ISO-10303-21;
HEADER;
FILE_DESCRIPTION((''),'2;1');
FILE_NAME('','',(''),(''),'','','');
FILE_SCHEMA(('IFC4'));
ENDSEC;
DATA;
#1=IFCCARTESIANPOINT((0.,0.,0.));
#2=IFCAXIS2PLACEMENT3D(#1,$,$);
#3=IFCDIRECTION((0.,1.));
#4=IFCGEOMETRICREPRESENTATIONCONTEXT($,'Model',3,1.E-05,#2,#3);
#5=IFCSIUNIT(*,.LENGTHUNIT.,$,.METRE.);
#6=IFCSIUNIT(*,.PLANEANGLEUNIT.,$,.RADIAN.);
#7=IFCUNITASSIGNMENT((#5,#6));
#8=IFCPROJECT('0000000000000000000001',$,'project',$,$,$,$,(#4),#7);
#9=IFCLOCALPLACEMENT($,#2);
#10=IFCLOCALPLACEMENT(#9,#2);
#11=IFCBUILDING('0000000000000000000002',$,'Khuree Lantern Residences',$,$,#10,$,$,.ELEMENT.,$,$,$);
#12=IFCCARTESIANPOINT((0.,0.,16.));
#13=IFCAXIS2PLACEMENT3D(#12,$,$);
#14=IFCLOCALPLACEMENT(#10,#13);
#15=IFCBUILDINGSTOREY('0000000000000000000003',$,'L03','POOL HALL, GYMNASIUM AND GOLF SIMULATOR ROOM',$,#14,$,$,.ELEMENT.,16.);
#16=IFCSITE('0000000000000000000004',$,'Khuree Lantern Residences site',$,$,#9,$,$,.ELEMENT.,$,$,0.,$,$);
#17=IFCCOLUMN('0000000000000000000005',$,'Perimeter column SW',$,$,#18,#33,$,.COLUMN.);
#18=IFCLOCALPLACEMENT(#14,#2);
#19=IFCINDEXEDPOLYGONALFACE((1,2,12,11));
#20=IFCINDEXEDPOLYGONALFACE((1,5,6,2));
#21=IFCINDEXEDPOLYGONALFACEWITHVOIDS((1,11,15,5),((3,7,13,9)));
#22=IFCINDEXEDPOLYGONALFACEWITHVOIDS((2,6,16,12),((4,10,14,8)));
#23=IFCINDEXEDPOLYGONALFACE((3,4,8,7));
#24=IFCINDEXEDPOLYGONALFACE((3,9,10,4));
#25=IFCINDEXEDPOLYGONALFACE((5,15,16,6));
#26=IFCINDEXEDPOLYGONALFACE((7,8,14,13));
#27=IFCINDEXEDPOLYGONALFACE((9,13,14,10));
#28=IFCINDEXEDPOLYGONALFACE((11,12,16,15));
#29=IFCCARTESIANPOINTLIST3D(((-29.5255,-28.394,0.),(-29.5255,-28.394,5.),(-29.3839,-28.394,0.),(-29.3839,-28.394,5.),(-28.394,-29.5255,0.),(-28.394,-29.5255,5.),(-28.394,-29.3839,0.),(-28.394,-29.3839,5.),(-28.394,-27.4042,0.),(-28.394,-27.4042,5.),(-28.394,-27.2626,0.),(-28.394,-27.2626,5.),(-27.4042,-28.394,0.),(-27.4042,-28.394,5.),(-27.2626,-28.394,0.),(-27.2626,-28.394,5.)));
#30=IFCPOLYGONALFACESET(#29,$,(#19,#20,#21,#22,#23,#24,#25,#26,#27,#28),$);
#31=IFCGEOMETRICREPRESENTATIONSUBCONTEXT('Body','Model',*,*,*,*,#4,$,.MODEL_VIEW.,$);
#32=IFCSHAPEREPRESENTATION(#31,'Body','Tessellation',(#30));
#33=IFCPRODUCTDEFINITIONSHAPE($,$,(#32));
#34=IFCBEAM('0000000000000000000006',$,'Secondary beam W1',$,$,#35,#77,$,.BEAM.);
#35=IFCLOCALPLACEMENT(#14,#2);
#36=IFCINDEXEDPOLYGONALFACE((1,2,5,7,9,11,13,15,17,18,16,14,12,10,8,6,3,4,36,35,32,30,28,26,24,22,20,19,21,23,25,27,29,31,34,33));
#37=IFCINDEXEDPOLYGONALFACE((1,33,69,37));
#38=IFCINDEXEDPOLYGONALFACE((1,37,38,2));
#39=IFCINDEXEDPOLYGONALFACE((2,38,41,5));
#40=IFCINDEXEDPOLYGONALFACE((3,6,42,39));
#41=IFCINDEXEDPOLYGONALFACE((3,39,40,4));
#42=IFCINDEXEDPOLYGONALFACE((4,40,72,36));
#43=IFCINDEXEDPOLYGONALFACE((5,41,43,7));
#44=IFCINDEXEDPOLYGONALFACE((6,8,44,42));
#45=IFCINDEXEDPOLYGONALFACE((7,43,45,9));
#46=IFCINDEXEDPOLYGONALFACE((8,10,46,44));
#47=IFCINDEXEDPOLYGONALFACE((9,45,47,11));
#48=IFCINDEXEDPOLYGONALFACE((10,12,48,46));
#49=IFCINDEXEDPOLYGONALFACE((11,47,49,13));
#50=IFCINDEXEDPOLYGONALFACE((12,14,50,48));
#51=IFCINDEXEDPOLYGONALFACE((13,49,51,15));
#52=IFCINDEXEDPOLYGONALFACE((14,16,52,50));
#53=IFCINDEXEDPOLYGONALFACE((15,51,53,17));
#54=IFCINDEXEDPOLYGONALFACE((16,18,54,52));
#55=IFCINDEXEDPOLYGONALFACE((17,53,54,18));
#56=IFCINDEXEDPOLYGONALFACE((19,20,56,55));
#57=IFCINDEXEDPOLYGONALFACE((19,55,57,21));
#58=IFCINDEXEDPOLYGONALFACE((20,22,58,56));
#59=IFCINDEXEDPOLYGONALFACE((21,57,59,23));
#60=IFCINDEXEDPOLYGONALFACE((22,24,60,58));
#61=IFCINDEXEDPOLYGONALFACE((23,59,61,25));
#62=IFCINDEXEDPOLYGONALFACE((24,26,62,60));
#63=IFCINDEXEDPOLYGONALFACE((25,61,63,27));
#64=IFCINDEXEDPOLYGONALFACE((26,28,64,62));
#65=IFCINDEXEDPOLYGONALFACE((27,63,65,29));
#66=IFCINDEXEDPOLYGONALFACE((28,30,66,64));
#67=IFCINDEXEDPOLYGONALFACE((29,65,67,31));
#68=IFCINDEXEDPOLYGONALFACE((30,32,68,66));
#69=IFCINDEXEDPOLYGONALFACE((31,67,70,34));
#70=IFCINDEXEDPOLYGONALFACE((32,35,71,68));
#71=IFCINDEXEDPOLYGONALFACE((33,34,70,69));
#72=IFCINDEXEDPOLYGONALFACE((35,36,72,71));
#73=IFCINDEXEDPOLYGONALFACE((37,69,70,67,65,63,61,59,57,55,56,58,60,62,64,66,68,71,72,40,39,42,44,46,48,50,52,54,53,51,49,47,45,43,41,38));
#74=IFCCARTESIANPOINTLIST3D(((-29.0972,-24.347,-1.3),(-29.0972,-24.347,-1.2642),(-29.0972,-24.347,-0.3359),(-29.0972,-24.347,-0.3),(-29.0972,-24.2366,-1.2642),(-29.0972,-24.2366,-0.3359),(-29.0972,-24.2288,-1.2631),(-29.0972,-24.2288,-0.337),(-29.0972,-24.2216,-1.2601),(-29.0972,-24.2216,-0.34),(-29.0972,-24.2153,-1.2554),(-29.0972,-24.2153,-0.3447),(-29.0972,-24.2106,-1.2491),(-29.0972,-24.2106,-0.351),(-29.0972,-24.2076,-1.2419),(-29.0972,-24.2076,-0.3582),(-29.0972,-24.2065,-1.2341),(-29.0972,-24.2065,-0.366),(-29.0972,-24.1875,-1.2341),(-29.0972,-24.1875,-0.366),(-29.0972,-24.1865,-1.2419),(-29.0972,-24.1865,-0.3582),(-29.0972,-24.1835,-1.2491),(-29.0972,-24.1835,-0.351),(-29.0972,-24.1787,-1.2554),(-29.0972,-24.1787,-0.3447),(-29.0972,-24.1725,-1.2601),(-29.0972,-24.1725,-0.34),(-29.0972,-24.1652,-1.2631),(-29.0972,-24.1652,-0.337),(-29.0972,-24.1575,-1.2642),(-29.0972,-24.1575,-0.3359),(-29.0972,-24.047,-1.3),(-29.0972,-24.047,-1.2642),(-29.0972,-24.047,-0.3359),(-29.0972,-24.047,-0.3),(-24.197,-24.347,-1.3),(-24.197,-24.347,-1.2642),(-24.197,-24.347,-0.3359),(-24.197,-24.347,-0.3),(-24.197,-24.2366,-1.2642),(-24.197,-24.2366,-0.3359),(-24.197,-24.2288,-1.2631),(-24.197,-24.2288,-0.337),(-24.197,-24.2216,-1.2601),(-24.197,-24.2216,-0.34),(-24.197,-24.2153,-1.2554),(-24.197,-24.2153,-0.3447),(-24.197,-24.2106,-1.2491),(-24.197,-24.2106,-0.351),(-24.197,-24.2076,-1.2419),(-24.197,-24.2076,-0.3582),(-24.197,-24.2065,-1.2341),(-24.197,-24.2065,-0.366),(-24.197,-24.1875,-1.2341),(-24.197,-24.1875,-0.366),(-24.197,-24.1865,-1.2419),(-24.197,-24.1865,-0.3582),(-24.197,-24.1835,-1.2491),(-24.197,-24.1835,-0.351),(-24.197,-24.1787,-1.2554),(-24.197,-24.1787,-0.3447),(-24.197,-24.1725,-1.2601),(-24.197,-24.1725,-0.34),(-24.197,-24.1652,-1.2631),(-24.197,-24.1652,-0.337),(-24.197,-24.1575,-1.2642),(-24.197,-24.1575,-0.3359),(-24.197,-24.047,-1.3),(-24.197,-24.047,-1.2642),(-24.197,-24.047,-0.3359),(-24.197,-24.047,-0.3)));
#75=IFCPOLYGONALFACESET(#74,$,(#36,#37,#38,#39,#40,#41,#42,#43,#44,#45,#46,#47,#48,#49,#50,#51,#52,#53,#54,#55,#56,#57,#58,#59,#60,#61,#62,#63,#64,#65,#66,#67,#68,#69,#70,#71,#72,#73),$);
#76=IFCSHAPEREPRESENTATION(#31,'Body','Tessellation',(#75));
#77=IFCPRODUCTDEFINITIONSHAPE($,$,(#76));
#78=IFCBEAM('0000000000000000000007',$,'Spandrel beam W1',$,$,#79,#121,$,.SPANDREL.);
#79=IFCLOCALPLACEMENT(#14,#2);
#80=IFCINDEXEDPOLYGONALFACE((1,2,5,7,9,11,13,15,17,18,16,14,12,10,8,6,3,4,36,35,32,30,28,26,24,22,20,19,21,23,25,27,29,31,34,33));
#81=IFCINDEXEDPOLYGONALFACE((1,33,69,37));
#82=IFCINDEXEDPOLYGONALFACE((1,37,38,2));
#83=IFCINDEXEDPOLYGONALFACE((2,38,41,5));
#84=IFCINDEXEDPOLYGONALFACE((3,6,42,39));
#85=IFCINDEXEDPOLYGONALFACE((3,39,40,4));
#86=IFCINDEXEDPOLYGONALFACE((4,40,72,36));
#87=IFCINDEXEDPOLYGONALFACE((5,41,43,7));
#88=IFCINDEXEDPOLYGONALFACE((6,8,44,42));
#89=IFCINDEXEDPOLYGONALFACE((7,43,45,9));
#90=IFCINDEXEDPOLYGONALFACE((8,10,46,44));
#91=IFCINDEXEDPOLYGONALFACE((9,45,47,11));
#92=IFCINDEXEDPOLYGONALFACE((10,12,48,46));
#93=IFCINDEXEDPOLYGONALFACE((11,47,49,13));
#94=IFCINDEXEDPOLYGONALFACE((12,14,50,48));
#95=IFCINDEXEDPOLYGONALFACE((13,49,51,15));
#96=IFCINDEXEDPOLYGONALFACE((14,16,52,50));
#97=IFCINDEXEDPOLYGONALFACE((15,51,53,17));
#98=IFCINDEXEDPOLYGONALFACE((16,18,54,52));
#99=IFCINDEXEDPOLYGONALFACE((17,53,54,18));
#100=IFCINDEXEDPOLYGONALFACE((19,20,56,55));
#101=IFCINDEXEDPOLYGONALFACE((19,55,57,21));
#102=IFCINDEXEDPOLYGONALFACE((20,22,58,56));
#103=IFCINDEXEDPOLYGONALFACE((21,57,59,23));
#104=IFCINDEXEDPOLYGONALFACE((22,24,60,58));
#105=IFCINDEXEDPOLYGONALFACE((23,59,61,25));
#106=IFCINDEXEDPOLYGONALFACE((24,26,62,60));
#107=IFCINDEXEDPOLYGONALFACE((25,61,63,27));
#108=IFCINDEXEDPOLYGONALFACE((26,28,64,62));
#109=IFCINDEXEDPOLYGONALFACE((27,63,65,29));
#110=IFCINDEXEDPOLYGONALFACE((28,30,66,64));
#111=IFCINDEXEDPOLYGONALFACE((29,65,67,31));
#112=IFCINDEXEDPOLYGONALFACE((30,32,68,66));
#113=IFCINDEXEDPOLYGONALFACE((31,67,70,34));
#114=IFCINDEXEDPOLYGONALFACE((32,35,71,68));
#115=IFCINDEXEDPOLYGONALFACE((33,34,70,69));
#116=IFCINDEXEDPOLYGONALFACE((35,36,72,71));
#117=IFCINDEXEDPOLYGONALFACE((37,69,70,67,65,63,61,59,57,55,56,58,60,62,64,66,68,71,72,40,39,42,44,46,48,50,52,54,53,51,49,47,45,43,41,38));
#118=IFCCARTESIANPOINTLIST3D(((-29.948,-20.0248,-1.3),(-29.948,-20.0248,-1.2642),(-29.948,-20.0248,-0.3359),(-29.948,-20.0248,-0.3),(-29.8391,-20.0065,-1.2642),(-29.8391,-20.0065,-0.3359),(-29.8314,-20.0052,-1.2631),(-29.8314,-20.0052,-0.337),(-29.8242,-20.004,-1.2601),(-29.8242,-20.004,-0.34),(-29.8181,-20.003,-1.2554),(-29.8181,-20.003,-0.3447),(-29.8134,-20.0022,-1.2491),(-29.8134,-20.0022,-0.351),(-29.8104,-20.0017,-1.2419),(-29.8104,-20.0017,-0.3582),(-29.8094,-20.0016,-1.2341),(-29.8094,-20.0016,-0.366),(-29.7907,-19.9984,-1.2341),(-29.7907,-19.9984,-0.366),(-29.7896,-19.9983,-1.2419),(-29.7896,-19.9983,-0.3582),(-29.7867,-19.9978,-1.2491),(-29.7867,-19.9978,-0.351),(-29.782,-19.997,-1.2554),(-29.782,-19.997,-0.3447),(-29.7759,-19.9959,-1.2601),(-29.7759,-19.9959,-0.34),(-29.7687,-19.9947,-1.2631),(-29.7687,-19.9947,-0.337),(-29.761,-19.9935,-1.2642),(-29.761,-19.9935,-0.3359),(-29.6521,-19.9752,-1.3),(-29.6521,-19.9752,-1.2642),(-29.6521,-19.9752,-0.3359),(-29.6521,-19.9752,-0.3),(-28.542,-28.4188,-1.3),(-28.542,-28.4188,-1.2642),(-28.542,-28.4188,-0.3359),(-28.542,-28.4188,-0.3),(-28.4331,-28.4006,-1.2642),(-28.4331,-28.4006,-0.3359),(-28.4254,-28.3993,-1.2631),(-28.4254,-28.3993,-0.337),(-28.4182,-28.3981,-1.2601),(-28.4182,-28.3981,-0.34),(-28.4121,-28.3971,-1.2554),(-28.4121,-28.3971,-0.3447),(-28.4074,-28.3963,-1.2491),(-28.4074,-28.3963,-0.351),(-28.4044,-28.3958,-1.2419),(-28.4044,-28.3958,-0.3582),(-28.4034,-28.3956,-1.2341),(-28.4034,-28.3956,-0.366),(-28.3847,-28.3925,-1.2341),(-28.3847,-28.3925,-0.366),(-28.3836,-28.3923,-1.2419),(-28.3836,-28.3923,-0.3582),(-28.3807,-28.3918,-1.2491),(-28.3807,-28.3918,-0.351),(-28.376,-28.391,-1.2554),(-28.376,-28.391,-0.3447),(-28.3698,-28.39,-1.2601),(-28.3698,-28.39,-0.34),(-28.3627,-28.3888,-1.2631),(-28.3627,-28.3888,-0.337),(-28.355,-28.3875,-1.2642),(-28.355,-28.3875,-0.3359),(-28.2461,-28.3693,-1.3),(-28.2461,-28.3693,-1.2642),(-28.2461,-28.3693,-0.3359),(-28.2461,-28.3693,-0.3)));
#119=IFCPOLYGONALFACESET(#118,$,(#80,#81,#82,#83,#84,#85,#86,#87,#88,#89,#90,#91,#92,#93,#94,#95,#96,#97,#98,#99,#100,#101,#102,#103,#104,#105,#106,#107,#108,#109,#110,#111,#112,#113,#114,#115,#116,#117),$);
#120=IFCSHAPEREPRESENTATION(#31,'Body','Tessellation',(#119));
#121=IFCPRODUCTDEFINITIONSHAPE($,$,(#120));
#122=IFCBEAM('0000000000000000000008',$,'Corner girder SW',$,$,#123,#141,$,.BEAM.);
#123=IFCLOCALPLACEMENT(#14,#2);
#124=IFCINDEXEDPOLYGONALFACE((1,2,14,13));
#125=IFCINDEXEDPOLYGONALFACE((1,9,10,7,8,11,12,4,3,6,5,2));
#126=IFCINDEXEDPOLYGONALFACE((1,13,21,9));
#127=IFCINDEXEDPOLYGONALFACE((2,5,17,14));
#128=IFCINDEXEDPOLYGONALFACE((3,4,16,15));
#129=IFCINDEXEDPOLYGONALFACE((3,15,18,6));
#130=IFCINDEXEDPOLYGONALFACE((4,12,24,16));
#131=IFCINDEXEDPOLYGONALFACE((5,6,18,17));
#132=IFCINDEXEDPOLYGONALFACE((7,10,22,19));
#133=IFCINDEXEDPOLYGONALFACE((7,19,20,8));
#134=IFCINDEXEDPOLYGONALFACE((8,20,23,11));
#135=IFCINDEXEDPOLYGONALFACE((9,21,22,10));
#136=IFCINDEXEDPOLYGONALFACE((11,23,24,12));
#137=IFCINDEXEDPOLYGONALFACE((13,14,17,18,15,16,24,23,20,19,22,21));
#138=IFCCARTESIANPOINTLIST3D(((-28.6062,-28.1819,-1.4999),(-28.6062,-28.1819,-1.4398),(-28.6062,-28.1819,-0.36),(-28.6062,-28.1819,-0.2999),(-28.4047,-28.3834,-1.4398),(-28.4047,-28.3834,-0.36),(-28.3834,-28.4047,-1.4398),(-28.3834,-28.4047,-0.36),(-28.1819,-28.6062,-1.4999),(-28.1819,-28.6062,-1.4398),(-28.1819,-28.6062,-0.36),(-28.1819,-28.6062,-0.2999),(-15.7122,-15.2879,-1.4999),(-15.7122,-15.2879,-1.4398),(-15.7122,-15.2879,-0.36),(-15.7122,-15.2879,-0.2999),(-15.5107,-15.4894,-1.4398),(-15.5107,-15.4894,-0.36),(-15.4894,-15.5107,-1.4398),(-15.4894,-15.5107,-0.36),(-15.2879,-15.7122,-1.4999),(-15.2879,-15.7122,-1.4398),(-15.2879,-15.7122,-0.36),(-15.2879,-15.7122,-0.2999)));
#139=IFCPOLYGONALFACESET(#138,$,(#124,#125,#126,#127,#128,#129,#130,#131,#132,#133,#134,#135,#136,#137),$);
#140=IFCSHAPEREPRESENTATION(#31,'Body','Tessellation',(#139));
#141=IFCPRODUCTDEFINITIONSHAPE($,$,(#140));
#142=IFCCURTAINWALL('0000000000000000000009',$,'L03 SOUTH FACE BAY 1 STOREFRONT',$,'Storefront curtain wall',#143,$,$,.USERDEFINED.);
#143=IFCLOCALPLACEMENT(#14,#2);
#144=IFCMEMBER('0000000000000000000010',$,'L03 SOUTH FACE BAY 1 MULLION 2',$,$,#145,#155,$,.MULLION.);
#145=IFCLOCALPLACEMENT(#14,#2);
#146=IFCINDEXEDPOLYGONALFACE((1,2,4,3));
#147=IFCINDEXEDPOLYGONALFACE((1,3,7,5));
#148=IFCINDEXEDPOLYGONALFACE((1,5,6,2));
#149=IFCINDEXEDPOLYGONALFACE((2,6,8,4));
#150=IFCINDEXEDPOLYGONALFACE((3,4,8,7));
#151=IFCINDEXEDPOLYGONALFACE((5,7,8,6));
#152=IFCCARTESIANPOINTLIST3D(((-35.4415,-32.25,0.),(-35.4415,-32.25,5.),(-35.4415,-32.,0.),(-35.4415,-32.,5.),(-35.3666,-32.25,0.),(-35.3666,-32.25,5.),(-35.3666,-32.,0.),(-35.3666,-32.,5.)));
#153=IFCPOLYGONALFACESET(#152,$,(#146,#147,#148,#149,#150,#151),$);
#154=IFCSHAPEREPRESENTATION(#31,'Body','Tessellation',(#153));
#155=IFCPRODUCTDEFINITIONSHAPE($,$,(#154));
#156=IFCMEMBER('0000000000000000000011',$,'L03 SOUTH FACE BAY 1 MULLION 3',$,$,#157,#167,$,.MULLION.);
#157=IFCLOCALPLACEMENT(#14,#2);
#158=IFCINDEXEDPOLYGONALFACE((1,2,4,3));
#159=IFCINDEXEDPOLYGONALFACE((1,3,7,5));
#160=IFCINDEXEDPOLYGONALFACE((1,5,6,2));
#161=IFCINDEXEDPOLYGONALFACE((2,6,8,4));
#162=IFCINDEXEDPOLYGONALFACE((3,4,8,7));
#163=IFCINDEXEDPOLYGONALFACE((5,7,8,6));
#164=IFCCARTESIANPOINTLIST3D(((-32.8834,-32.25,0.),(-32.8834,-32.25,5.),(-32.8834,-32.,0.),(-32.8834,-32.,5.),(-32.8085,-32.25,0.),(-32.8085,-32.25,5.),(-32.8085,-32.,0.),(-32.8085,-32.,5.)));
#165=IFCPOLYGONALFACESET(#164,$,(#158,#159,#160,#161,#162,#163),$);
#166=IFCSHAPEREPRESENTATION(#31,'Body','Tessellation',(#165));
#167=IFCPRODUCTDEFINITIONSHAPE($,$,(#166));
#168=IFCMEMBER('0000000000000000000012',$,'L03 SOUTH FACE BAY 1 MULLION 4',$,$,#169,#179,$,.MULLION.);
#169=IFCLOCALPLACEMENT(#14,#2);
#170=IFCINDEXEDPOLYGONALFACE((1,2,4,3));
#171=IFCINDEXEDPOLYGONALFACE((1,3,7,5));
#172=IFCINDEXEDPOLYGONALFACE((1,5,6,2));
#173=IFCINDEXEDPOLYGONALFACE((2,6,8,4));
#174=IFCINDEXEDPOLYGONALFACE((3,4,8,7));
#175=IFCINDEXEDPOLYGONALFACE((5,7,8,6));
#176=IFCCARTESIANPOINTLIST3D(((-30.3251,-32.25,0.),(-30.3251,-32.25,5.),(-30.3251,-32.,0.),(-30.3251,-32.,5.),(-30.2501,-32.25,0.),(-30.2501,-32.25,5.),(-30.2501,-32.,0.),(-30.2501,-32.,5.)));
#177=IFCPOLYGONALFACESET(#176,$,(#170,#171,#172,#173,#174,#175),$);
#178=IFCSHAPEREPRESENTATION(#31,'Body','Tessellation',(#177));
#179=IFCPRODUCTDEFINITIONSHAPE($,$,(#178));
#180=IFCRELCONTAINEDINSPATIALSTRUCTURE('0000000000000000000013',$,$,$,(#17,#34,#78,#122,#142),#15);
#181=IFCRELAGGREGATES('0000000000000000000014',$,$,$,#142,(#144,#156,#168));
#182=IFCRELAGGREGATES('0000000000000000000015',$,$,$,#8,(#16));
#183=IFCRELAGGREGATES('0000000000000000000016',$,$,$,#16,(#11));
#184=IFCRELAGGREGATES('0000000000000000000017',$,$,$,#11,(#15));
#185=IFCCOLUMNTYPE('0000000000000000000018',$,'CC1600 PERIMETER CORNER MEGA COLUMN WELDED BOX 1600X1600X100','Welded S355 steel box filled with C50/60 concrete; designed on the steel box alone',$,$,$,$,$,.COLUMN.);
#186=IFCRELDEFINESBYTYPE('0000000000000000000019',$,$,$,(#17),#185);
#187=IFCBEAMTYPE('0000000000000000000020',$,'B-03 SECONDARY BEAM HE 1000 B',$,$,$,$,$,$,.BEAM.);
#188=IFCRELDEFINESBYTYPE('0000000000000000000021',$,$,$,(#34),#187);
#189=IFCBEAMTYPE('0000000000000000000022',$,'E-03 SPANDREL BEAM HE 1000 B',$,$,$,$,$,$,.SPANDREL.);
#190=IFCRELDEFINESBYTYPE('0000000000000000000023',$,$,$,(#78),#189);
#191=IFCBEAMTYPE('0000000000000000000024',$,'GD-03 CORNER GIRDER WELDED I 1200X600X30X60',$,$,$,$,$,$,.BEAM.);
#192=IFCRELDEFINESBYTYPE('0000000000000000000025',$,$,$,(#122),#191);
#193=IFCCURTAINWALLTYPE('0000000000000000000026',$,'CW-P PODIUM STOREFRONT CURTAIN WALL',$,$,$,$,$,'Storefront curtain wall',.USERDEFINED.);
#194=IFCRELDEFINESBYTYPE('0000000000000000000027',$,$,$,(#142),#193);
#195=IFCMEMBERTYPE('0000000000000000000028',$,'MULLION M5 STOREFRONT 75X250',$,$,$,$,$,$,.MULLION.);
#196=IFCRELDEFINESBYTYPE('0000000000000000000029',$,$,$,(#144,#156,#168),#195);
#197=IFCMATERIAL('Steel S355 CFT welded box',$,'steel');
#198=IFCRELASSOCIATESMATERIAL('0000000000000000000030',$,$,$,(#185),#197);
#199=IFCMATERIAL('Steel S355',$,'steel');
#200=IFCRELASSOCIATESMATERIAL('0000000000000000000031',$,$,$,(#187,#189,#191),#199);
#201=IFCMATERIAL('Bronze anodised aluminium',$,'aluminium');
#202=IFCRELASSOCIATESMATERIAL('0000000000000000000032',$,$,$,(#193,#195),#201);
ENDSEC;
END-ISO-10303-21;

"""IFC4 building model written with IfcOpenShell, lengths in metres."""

from ifc_helpers import new_model, si_unit, direction, frame, origin, origin_2d, place, context, subcontext, project, spatial, rectangle, hollow_rectangle, i_section, extrude, material, material_profile, profile_set, type_object, element, aggregate, save


model = new_model("IFC4")

# Units and contexts
model_context = context("Model", 3, precision=1e-05, world=origin(), true_north=direction((0.0, 1.0)))
body_context = subcontext(model_context, "Body", "Model", "MODEL_VIEW")
ifc_project = project(units=[si_unit("LENGTHUNIT", "METRE"), si_unit("PLANEANGLEUNIT", "RADIAN")], contexts=[model_context])

# Site, building, storey
site_placement = place(None, origin())
site = spatial("IfcSite", under=ifc_project, at=site_placement, Name="Khuree Lantern Residences site", CompositionType="ELEMENT", RefElevation=0.0)
building_placement = place(site_placement, origin())
building = spatial("IfcBuilding", under=site, at=building_placement, Name="Khuree Lantern Residences", CompositionType="ELEMENT")
storey_placement = place(building_placement, frame((0.0, 0.0, 16.0)))
storey = spatial("IfcBuildingStorey", under=building, at=storey_placement, Name="L03", Description="POOL HALL, GYMNASIUM AND GOLF SIMULATOR ROOM", CompositionType="ELEMENT", Elevation=16.0)

# Column
ifc_material_1 = material(Name="Steel S355 CFT welded box", Category="steel")
ifc_material_profile_1 = material_profile(ifc_material_1, hollow_rectangle(XDim=1.6001, YDim=1.6001, WallThickness=0.1001, at=origin_2d()), Name="WELDED BOX 1600X1600X100")
ifc_profile_set_1 = profile_set([ifc_material_profile_1], Name="Steel S355 CFT welded box")
column_type = type_object("IfcColumnType", Name="CC1600 PERIMETER CORNER MEGA COLUMN WELDED BOX 1600X1600X100", Description="Welded S355 steel box filled with C50/60 concrete; designed on the steel box alone", PredefinedType="COLUMN", material=ifc_profile_set_1)
column_placement = place(storey_placement, frame((-28.394, -28.394, 0.0), z_axis=(0.0, 0.0, 1.0), x_axis=(0.707107, -0.707107, 0.0)))
element("IfcColumn", 1, at=column_placement, inside=storey, type_object=column_type, Name="Perimeter column SW", PredefinedType="COLUMN", context=body_context, shape_type="SweptSolid", body=[
    extrude(hollow_rectangle(XDim=1.6001, YDim=1.6001, WallThickness=0.1001, at=origin_2d()), origin(), (0.0, 0.0, 1.0), 5.0),
])

# Beams
ifc_material_2 = material(Name="Steel S355", Category="steel")
ifc_material_profile_2 = material_profile(ifc_material_2, i_section(OverallWidth=0.3, OverallDepth=1.0, WebThickness=0.019, FlangeThickness=0.0359, FilletRadius=0.03, at=origin_2d()), Name="HE 1000 B")
ifc_profile_set_2 = profile_set([ifc_material_profile_2], Name="Steel S355")
beam_type_1 = type_object("IfcBeamType", Name="B-03 SECONDARY BEAM HE 1000 B", PredefinedType="BEAM", material=ifc_profile_set_2)
beam_1_placement = place(storey_placement, frame((-29.0972, -24.197, -0.8), z_axis=(1.0, 0.0, 0.0), x_axis=(0.0, 1.0, 0.0)))
element("IfcBeam", 2, at=beam_1_placement, inside=storey, type_object=beam_type_1, Name="Secondary beam W1", PredefinedType="BEAM", context=body_context, shape_type="SweptSolid", body=[
    extrude(i_section(OverallWidth=0.3, OverallDepth=1.0, WebThickness=0.019, FlangeThickness=0.0359, FilletRadius=0.03, at=origin_2d()), origin(), (0.0, 0.0, 1.0), 4.9001),
])
ifc_material_profile_3 = material_profile(ifc_material_2, i_section(OverallWidth=0.3, OverallDepth=1.0, WebThickness=0.019, FlangeThickness=0.0359, FilletRadius=0.03, at=origin_2d()), Name="HE 1000 B")
ifc_profile_set_3 = profile_set([ifc_material_profile_3], Name="Steel S355")
beam_type_2 = type_object("IfcBeamType", Name="E-03 SPANDREL BEAM HE 1000 B", PredefinedType="SPANDREL", material=ifc_profile_set_3)
beam_2_placement = place(storey_placement, frame((-28.394, -28.394, -0.8), z_axis=(-0.165199, 0.98626, 0.0), x_axis=(-0.98626, -0.165199, 0.0)))
element("IfcBeam", 3, at=beam_2_placement, inside=storey, type_object=beam_type_2, Name="Spandrel beam W1", PredefinedType="SPANDREL", context=body_context, shape_type="SweptSolid", body=[
    extrude(i_section(OverallWidth=0.3, OverallDepth=1.0, WebThickness=0.019, FlangeThickness=0.0359, FilletRadius=0.03, at=origin_2d()), origin(), (0.0, 0.0, 1.0), 8.511),
])
ifc_material_profile_4 = material_profile(ifc_material_2, i_section(OverallWidth=0.6001, OverallDepth=1.2, WebThickness=0.03, FlangeThickness=0.0601, at=origin_2d()), Name="WELDED I 1200X600X30X60")
ifc_profile_set_4 = profile_set([ifc_material_profile_4], Name="Steel S355")
beam_type_3 = type_object("IfcBeamType", Name="GD-03 CORNER GIRDER WELDED I 1200X600X30X60", PredefinedType="BEAM", material=ifc_profile_set_4)
beam_3_placement = place(storey_placement, frame((-28.394, -28.394, -0.8999), z_axis=(0.707107, 0.707107, 0.0), x_axis=(-0.707107, 0.707107, 0.0)))
element("IfcBeam", 4, at=beam_3_placement, inside=storey, type_object=beam_type_3, Name="Corner girder SW", PredefinedType="BEAM", context=body_context, shape_type="SweptSolid", body=[
    extrude(i_section(OverallWidth=0.6001, OverallDepth=1.2, WebThickness=0.03, FlangeThickness=0.0601, at=origin_2d()), origin(), (0.0, 0.0, 1.0), 18.2349),
])

# Curtain wall, members
ifc_material_3 = material(Name="Bronze anodised aluminium", Category="aluminium")
curtain_wall_type = type_object("IfcCurtainWallType", Name="CW-P PODIUM STOREFRONT CURTAIN WALL", ElementType="Storefront curtain wall", PredefinedType="USERDEFINED", material=ifc_material_3)
curtain_wall_1_placement = place(storey_placement, origin())
curtain_wall_1 = element("IfcCurtainWall", 5, at=curtain_wall_1_placement, inside=storey, type_object=curtain_wall_type, Name="L03 SOUTH FACE BAY 1 STOREFRONT", ObjectType="Storefront curtain wall", PredefinedType="USERDEFINED")
ifc_material_profile_5 = material_profile(ifc_material_3, rectangle(XDim=0.075, YDim=0.25, at=origin_2d()), Name="M5 75X250")
ifc_profile_set_5 = profile_set([ifc_material_profile_5], Name="Bronze anodised aluminium")
member_type_1 = type_object("IfcMemberType", Name="MULLION M5 STOREFRONT 75X250", PredefinedType="MULLION", material=ifc_profile_set_5)
member_1_placement = place(storey_placement, frame((-35.4041, -32.125, 0.0), z_axis=(0.0, 0.0, 1.0), x_axis=(1.0, 0.0, 0.0)))
member_1 = element("IfcMember", 6, at=member_1_placement, type_object=member_type_1, Name="L03 SOUTH FACE BAY 1 MULLION 2", PredefinedType="MULLION", context=body_context, shape_type="SweptSolid", body=[
    extrude(rectangle(XDim=0.075, YDim=0.25, at=origin_2d()), origin(), (0.0, 0.0, 1.0), 5.0),
])
member_2_placement = place(storey_placement, frame((-32.8459, -32.125, 0.0), z_axis=(0.0, 0.0, 1.0), x_axis=(1.0, 0.0, 0.0)))
member_2 = element("IfcMember", 7, at=member_2_placement, type_object=member_type_1, Name="L03 SOUTH FACE BAY 1 MULLION 3", PredefinedType="MULLION", context=body_context, shape_type="SweptSolid", body=[
    extrude(rectangle(XDim=0.075, YDim=0.25, at=origin_2d()), origin(), (0.0, 0.0, 1.0), 5.0),
])
member_3_placement = place(storey_placement, frame((-30.2876, -32.125, 0.0), z_axis=(0.0, 0.0, 1.0), x_axis=(1.0, 0.0, 0.0)))
member_3 = element("IfcMember", 8, at=member_3_placement, type_object=member_type_1, Name="L03 SOUTH FACE BAY 1 MULLION 4", PredefinedType="MULLION", context=body_context, shape_type="SweptSolid", body=[
    extrude(rectangle(XDim=0.075, YDim=0.25, at=origin_2d()), origin(), (0.0, 0.0, 1.0), 5.0),
])

aggregate(curtain_wall_1, [member_1, member_2, member_3])

save(model, "model.ifc")
